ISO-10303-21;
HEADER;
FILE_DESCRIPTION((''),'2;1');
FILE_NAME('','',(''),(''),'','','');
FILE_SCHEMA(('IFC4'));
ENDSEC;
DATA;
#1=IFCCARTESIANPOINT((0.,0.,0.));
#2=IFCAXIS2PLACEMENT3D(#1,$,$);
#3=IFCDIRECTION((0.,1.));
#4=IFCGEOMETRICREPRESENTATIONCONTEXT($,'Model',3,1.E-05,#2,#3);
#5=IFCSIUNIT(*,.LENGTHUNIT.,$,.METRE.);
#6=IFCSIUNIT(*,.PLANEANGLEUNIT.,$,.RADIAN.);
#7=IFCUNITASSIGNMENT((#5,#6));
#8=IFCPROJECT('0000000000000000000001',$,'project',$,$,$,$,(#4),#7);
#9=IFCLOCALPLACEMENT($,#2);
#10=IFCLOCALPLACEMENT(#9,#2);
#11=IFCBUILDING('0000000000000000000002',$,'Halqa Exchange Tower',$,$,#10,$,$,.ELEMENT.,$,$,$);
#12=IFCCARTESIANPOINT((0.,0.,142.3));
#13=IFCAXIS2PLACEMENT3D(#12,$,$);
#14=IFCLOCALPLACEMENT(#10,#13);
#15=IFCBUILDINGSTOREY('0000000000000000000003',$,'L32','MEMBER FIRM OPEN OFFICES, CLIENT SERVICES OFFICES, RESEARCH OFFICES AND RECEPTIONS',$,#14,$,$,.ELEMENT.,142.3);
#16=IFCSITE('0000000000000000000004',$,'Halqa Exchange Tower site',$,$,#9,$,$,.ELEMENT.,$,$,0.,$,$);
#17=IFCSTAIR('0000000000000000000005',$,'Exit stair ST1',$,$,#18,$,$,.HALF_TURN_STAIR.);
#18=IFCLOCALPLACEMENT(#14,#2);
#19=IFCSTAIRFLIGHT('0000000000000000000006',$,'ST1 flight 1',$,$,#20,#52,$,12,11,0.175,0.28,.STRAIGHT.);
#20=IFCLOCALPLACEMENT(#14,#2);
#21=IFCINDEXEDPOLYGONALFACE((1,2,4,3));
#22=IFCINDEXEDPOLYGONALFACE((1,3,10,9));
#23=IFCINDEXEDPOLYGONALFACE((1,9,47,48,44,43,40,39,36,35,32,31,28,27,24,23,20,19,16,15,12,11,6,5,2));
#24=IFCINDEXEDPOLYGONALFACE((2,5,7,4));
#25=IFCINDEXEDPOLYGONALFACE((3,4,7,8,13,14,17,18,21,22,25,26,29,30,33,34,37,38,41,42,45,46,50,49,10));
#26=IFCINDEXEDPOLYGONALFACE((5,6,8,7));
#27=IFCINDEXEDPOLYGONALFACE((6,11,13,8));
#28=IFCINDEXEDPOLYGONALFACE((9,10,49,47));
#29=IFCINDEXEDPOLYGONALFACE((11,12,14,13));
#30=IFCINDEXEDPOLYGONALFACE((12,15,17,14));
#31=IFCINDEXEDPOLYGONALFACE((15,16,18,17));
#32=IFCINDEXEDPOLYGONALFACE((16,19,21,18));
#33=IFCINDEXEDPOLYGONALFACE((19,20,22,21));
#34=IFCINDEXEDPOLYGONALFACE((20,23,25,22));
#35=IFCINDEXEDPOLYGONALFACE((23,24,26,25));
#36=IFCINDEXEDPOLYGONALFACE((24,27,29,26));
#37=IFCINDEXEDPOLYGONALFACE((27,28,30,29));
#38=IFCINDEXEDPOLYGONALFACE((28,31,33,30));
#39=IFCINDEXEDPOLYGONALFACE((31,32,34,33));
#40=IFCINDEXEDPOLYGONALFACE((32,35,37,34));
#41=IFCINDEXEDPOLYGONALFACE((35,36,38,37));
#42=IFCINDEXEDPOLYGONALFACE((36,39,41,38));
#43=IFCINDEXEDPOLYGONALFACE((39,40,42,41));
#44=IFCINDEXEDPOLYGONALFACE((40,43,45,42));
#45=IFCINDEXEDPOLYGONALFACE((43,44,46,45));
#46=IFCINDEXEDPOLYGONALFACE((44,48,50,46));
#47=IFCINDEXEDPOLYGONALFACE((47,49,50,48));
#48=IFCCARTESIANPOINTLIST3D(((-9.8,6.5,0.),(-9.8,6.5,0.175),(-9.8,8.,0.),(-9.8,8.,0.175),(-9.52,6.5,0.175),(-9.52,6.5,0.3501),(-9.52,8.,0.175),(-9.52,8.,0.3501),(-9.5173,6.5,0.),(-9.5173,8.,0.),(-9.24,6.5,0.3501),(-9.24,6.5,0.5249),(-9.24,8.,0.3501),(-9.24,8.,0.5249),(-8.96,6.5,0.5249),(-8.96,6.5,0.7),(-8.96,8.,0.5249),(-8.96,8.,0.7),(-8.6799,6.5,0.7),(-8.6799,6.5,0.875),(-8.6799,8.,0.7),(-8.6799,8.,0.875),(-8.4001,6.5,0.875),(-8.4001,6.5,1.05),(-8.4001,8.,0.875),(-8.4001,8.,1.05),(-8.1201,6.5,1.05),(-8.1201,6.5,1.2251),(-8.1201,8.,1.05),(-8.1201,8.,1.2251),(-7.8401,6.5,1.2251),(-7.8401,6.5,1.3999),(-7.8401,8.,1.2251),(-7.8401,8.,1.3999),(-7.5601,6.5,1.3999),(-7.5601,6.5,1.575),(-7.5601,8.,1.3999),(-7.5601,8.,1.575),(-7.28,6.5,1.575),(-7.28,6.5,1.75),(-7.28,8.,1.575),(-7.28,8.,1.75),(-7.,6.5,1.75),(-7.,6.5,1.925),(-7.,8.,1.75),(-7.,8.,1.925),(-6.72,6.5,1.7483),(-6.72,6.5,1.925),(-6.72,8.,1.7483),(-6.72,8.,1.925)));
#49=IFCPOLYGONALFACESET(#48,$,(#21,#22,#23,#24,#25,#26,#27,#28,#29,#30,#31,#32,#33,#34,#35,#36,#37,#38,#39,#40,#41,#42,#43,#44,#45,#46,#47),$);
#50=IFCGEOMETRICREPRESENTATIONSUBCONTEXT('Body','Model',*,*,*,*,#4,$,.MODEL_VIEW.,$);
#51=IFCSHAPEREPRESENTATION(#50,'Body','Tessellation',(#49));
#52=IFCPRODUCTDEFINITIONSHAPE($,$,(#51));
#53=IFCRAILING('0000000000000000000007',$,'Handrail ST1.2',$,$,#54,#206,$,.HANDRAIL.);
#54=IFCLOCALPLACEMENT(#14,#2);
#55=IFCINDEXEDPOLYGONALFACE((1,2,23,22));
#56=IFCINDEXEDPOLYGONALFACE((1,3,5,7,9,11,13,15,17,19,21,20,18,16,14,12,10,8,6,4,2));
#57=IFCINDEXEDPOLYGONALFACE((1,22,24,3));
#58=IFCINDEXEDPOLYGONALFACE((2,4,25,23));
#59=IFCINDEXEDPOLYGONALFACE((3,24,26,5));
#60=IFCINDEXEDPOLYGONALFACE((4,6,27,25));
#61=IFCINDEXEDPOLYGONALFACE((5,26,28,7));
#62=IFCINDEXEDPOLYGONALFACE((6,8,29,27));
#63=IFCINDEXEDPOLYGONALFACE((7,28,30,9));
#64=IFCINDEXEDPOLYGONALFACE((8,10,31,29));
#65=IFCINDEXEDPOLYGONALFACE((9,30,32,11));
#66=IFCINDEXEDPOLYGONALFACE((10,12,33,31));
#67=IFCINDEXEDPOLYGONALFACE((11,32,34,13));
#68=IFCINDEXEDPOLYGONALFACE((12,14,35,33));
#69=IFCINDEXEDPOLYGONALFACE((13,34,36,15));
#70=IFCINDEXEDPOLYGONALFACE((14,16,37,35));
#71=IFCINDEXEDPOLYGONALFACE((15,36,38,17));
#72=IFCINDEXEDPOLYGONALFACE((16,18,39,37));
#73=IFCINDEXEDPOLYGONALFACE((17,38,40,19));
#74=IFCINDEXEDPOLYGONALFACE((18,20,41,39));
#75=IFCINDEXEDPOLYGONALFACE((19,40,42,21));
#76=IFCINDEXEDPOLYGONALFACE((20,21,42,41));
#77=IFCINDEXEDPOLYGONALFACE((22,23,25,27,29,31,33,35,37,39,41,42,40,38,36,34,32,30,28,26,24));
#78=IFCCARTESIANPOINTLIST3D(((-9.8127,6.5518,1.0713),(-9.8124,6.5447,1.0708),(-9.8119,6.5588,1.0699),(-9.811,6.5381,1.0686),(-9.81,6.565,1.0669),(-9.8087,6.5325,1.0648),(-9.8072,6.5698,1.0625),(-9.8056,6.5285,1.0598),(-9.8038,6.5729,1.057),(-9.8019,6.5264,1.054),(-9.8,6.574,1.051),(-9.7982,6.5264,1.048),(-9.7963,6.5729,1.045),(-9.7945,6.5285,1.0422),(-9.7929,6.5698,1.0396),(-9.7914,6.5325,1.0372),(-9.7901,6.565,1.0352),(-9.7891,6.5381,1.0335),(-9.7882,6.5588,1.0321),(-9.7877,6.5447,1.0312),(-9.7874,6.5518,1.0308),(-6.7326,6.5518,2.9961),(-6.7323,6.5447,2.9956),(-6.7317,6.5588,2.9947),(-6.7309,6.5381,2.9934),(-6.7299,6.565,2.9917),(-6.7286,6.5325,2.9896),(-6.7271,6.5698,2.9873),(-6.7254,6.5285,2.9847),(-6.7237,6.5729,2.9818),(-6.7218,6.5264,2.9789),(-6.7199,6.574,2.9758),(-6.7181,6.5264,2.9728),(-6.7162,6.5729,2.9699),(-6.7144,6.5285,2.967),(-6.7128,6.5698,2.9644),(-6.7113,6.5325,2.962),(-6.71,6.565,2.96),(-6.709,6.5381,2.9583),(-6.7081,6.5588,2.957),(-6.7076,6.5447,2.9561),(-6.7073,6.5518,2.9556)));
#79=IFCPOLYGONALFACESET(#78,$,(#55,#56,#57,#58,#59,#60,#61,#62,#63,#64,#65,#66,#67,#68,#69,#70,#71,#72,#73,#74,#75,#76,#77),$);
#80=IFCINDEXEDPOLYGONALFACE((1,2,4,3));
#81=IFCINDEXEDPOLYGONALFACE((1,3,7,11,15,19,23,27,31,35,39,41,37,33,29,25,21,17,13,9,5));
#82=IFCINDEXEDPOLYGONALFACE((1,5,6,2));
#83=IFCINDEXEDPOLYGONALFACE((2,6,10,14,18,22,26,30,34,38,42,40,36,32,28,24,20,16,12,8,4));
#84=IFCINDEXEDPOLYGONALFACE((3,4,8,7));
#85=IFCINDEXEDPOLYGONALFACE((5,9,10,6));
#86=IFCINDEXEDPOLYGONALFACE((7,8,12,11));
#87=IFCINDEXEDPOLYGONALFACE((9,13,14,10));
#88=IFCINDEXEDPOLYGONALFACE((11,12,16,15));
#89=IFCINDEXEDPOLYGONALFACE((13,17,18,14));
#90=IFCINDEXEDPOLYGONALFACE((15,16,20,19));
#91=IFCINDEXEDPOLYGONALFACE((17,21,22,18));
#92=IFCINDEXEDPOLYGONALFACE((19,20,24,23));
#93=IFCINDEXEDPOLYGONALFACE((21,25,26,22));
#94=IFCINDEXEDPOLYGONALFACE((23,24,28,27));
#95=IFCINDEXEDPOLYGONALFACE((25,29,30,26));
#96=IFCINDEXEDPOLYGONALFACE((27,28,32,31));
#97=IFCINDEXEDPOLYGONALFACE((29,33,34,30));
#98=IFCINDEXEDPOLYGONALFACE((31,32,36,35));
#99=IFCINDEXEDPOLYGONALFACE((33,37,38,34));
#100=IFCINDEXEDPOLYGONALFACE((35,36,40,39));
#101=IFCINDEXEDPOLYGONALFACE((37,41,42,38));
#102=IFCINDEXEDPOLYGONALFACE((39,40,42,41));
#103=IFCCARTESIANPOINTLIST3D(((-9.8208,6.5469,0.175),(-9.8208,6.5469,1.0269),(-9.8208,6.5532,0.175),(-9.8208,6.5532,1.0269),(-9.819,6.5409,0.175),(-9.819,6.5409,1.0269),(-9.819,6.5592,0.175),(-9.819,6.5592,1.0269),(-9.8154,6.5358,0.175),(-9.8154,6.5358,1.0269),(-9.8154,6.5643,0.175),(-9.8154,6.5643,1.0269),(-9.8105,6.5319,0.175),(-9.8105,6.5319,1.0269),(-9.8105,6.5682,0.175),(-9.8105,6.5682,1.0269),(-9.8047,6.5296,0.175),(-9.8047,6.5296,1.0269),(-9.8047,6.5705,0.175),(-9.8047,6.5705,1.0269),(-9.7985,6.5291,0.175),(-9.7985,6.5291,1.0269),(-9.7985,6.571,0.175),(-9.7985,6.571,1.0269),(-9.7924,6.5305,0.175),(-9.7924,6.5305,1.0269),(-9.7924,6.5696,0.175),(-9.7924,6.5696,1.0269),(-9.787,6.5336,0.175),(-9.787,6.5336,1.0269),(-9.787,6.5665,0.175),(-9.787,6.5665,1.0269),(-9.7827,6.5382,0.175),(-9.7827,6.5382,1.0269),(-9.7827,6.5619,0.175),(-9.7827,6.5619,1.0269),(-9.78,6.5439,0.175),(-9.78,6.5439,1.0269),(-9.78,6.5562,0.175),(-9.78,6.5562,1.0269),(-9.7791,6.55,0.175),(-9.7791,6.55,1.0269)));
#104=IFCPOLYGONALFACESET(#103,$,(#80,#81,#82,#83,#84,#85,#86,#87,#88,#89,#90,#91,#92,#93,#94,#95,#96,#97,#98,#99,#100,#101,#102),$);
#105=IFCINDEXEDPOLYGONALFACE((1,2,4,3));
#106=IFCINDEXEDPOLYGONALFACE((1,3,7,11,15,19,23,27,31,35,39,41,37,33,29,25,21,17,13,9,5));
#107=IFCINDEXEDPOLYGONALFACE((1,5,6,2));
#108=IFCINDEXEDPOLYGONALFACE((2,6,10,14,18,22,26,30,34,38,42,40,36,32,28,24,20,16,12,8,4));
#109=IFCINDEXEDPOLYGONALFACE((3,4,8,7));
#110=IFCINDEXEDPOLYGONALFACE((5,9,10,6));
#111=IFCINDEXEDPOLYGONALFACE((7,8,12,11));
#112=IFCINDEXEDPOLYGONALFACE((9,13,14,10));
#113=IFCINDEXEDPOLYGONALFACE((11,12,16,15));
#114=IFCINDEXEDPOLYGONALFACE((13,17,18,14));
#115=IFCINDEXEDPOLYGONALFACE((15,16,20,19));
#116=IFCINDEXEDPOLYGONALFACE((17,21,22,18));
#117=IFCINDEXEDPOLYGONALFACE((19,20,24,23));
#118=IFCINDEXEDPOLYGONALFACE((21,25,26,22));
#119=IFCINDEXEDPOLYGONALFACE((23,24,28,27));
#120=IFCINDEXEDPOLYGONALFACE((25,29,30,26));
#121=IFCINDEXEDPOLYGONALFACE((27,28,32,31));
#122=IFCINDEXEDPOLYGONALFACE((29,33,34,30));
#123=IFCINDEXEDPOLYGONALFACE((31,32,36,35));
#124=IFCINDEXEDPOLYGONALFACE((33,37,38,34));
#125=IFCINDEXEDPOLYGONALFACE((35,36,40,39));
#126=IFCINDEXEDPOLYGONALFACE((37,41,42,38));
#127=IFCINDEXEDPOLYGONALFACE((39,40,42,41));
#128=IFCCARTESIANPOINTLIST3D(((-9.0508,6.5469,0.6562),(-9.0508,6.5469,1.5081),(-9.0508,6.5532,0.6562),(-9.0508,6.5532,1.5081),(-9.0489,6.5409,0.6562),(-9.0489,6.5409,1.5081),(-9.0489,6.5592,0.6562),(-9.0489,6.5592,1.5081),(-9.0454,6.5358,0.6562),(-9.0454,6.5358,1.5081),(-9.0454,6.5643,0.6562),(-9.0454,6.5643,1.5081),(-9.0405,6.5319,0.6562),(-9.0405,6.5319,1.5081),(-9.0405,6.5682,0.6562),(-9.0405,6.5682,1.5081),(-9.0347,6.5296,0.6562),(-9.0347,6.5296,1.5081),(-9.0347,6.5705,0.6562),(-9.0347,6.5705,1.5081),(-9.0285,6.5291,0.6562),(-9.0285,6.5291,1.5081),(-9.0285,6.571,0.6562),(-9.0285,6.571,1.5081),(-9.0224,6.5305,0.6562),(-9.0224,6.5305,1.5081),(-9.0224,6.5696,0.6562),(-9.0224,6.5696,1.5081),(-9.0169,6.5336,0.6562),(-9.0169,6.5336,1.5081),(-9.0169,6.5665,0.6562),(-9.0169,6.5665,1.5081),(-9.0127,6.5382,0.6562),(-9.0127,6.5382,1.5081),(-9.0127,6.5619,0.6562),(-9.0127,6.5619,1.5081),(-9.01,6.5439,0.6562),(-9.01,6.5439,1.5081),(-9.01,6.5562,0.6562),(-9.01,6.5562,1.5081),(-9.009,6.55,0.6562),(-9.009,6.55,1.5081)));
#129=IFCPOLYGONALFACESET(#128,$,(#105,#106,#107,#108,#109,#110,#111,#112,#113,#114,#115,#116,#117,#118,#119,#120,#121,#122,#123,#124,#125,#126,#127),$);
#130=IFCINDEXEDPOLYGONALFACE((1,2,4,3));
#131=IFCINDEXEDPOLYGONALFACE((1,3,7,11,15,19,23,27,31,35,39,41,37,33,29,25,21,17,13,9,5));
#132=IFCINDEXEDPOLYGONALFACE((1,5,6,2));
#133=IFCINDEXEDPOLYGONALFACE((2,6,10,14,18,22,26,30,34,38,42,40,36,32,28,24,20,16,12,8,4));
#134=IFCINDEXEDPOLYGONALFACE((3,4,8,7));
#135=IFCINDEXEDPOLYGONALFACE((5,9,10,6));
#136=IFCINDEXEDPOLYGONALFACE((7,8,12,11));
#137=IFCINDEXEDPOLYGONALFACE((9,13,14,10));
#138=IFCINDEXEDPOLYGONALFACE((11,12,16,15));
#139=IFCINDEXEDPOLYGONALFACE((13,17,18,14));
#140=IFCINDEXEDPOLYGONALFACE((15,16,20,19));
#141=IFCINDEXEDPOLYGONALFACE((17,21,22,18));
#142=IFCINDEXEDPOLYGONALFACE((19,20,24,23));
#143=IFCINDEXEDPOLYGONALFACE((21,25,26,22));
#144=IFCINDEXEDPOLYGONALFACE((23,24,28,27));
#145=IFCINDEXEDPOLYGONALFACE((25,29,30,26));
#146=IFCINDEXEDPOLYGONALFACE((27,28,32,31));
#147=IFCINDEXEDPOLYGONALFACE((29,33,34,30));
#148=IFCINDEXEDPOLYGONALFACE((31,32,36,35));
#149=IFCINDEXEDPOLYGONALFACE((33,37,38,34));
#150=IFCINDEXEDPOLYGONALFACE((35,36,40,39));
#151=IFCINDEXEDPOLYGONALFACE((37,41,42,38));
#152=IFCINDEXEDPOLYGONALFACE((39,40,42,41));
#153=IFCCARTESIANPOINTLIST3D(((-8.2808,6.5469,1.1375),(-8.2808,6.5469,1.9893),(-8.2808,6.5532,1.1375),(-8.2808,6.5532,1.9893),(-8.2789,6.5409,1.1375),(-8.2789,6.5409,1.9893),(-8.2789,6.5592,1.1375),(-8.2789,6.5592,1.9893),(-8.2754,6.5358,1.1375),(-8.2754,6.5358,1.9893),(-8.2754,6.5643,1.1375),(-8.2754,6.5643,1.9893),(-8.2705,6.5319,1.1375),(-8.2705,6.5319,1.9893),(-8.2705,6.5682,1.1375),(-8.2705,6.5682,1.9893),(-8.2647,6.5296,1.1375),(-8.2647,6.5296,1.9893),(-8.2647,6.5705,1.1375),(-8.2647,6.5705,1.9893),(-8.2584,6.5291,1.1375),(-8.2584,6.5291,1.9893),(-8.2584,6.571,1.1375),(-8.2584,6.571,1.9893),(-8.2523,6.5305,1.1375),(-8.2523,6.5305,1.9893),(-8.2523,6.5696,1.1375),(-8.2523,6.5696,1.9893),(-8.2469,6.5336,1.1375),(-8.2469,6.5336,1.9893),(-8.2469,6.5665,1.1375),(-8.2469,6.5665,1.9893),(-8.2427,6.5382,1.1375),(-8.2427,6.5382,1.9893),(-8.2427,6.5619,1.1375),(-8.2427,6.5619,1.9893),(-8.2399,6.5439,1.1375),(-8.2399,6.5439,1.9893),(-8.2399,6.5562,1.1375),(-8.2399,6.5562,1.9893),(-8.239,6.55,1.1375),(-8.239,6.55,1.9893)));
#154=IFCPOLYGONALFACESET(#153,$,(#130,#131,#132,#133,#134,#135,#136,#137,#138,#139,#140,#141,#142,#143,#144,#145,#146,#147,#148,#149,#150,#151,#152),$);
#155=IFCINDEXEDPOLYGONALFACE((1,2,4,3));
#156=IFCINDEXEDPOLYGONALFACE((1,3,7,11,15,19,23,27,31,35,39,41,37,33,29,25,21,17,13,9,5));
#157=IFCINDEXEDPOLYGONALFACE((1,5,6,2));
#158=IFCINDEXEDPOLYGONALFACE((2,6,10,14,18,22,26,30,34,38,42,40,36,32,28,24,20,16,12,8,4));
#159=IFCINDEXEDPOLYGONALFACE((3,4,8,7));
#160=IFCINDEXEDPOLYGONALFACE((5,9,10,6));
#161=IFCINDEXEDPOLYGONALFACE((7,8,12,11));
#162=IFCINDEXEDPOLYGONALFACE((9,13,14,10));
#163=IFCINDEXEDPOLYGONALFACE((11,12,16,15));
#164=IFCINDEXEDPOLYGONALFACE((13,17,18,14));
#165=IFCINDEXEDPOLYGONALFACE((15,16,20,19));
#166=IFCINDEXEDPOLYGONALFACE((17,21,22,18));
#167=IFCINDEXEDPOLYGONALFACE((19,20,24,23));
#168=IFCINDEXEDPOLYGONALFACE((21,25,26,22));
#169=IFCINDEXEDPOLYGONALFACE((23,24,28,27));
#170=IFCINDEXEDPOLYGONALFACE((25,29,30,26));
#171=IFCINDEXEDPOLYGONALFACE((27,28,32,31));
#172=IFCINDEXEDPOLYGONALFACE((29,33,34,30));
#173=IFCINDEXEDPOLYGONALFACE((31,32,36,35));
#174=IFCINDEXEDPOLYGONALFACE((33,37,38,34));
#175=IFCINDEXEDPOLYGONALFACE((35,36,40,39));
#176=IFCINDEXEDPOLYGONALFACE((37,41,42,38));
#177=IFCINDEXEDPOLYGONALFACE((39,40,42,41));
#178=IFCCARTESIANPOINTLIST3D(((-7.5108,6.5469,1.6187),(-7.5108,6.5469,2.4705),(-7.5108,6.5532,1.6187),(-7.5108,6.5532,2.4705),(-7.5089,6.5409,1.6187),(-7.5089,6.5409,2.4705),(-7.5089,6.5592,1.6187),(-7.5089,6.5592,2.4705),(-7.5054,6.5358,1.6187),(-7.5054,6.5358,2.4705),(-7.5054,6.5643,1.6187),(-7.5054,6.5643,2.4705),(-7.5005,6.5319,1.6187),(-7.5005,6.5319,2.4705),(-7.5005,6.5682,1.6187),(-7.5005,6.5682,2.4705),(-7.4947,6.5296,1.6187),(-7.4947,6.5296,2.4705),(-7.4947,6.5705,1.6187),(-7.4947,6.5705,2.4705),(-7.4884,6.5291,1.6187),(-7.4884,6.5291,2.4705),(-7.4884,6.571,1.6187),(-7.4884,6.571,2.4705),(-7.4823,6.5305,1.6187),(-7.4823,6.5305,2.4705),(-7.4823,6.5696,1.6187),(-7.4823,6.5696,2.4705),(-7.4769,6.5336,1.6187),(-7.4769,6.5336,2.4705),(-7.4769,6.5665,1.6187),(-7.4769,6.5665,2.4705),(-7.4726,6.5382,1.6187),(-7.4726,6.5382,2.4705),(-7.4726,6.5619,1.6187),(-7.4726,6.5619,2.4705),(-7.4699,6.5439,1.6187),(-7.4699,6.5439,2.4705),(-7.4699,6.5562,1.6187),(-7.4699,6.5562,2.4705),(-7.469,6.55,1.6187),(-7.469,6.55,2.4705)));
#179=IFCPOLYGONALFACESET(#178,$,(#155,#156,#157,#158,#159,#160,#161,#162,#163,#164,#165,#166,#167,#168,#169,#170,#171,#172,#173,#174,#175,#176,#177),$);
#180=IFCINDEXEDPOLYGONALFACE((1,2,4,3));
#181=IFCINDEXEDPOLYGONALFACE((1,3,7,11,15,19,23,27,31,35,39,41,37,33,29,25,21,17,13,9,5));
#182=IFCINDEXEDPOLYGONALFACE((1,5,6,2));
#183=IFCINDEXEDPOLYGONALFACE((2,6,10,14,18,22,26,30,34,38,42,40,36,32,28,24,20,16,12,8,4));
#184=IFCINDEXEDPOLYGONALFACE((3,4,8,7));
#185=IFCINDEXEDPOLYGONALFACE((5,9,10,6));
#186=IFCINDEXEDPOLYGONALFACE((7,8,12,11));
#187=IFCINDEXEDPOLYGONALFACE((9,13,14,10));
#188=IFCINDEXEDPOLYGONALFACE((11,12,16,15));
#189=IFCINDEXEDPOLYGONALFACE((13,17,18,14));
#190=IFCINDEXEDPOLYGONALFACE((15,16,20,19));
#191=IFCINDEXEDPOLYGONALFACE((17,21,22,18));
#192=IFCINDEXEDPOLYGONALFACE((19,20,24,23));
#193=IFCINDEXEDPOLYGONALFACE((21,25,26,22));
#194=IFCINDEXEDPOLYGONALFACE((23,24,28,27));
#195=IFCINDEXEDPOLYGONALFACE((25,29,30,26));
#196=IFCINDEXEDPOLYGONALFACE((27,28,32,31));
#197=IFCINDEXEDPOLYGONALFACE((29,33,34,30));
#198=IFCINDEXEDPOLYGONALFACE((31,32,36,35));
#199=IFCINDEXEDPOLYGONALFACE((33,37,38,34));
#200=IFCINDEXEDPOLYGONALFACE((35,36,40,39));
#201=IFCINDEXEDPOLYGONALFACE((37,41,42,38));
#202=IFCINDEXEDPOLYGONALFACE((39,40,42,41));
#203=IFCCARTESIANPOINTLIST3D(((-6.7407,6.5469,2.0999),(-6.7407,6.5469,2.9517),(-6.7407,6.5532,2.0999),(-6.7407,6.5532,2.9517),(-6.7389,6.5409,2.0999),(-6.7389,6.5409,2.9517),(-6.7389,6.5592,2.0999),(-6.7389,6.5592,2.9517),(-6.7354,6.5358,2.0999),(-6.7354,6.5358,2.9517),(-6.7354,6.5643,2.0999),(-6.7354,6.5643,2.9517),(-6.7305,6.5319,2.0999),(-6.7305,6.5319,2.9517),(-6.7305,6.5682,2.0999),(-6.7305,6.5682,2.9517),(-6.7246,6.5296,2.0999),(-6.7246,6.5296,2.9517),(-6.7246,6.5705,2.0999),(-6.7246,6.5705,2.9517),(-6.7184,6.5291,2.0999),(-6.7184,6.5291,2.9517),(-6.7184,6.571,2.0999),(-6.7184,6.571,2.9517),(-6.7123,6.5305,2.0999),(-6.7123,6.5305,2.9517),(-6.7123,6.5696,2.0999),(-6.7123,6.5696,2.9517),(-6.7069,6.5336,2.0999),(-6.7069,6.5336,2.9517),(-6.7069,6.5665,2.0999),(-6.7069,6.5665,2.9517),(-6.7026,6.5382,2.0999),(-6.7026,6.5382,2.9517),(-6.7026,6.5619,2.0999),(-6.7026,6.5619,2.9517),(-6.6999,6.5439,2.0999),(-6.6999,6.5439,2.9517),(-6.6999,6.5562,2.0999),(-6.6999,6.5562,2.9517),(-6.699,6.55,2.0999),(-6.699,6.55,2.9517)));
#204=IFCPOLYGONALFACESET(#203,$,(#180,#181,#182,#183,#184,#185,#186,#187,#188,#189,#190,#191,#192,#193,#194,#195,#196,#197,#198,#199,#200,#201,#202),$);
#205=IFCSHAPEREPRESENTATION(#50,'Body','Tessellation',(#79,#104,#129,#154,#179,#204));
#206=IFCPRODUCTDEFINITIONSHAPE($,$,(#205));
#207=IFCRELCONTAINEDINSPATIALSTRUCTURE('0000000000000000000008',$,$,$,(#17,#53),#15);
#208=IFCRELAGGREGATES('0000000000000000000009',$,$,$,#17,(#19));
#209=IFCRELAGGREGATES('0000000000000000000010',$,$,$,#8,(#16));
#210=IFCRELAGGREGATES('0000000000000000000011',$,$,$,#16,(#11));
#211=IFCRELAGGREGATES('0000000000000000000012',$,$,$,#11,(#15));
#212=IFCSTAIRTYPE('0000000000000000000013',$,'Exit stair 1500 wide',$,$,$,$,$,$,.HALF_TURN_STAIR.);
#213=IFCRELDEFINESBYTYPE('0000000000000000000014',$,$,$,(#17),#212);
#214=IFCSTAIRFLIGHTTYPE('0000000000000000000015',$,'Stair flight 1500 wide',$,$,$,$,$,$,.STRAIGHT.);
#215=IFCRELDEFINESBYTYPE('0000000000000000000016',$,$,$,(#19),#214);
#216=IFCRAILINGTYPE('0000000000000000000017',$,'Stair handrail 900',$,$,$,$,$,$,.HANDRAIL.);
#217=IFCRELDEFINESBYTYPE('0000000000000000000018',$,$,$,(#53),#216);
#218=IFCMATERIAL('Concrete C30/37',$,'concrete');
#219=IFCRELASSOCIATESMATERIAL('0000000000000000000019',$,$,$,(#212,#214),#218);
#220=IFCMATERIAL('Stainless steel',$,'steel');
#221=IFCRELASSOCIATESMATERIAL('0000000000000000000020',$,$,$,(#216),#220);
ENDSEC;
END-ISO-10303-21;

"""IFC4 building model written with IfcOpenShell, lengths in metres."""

from ifc_helpers import new_model, si_unit, direction, frame, origin, origin_2d, place, context, subcontext, project, spatial, polyline, circle, outline, extrude, material, type_object, element, aggregate, save


model = new_model("IFC4")

# Units and contexts
model_context = context("Model", 3, precision=1e-05, world=origin(), true_north=direction((0.0, 1.0)))
body_context = subcontext(model_context, "Body", "Model", "MODEL_VIEW")
ifc_project = project(units=[si_unit("LENGTHUNIT", "METRE"), si_unit("PLANEANGLEUNIT", "RADIAN")], contexts=[model_context])

# Site, building, storey
site_placement = place(None, origin())
site = spatial("IfcSite", under=ifc_project, at=site_placement, Name="Halqa Exchange Tower site", CompositionType="ELEMENT", RefElevation=0.0)
building_placement = place(site_placement, origin())
building = spatial("IfcBuilding", under=site, at=building_placement, Name="Halqa Exchange Tower", CompositionType="ELEMENT")
storey_placement = place(building_placement, frame((0.0, 0.0, 142.3)))
storey = spatial("IfcBuildingStorey", under=building, at=storey_placement, Name="L32", Description="MEMBER FIRM OPEN OFFICES, CLIENT SERVICES OFFICES, RESEARCH OFFICES AND RECEPTIONS", CompositionType="ELEMENT", Elevation=142.3)

# Shared definitions
ifc_material_1 = material(Name="Stainless steel", Category="steel")

# Shared definitions
ifc_material_2 = material(Name="Concrete C30/37", Category="concrete")

# Stair, stair flight
stair_type = type_object("IfcStairType", Name="Exit stair 1500 wide", PredefinedType="HALF_TURN_STAIR", material=ifc_material_2)
stair_placement = place(storey_placement, origin())
stair = element("IfcStair", 1, at=stair_placement, inside=storey, type_object=stair_type, Name="Exit stair ST1", PredefinedType="HALF_TURN_STAIR")
stair_flight_type = type_object("IfcStairFlightType", Name="Stair flight 1500 wide", PredefinedType="STRAIGHT", material=ifc_material_2)
stair_flight_placement = place(storey_placement, frame((-9.8, 7.25, 0.0), z_axis=(0.0, 0.0, 1.0), x_axis=(1.0, 0.0, 0.0)))
stair_flight = element("IfcStairFlight", 2, at=stair_flight_placement, type_object=stair_flight_type, Name="ST1 flight 1", NumberOfRisers=12, NumberOfTreads=11, PredefinedType="STRAIGHT", RiserHeight=0.175, TreadLength=0.28, context=body_context, shape_type="SweptSolid", body=[
    extrude(outline(polyline([(0.0, 0.0), (0.0, 0.175), (0.28, 0.175), (0.28, 0.3501), (0.5601, 0.3501), (0.5601, 0.5249), (0.8401, 0.5249), (0.8401, 0.7), (1.1201, 0.7), (1.1201, 0.875), (1.3999, 0.875), (1.3999, 1.05), (1.6799, 1.05), (1.6799, 1.2251), (1.96, 1.2251), (1.96, 1.3999), (2.24, 1.3999), (2.24, 1.575), (2.52, 1.575), (2.52, 1.75), (2.8, 1.75), (2.8, 1.925), (3.0801, 1.925), (3.0801, 2.1001), (3.0801, 1.7483), (0.2827, 0.0), (0.0, 0.0)])), frame((0.0, 0.75, 0.0), z_axis=(0.0, -1.0, 0.0), x_axis=(1.0, 0.0, 0.0)), (0.0, 0.0, 1.0), 1.5),
])
aggregate(stair, [stair_flight])

# Railing
railing_type_1 = type_object("IfcRailingType", Name="Stair handrail 900", PredefinedType="HANDRAIL", material=ifc_material_1)
railing_1_placement = place(storey_placement, frame((-9.8, 6.55, 0.175)))
element("IfcRailing", 3, at=railing_1_placement, inside=storey, type_object=railing_type_1, Name="Handrail ST1.2", PredefinedType="HANDRAIL", context=body_context, shape_type="SweptSolid", body=[
    extrude(circle(Radius=0.0239, at=origin_2d()), frame((0.0, 0.0, 0.876), z_axis=(0.848029, 0.0, 0.529951), x_axis=(0.0, 1.0, 0.0)), (0.0, 0.0, 1.0), 3.6321),
    extrude(circle(Radius=0.021, at=origin_2d()), origin(), (0.0, 0.0, 1.0), 0.8518),
    extrude(circle(Radius=0.021, at=origin_2d()), frame((0.77, 0.0, 0.4812)), (0.0, 0.0, 1.0), 0.8518),
    extrude(circle(Radius=0.021, at=origin_2d()), frame((1.54, 0.0, 0.9624)), (0.0, 0.0, 1.0), 0.8518),
    extrude(circle(Radius=0.021, at=origin_2d()), frame((2.3101, 0.0, 1.4436)), (0.0, 0.0, 1.0), 0.8518),
    extrude(circle(Radius=0.021, at=origin_2d()), frame((3.0801, 0.0, 1.9248)), (0.0, 0.0, 1.0), 0.8518),
])

save(model, "model.ifc")
